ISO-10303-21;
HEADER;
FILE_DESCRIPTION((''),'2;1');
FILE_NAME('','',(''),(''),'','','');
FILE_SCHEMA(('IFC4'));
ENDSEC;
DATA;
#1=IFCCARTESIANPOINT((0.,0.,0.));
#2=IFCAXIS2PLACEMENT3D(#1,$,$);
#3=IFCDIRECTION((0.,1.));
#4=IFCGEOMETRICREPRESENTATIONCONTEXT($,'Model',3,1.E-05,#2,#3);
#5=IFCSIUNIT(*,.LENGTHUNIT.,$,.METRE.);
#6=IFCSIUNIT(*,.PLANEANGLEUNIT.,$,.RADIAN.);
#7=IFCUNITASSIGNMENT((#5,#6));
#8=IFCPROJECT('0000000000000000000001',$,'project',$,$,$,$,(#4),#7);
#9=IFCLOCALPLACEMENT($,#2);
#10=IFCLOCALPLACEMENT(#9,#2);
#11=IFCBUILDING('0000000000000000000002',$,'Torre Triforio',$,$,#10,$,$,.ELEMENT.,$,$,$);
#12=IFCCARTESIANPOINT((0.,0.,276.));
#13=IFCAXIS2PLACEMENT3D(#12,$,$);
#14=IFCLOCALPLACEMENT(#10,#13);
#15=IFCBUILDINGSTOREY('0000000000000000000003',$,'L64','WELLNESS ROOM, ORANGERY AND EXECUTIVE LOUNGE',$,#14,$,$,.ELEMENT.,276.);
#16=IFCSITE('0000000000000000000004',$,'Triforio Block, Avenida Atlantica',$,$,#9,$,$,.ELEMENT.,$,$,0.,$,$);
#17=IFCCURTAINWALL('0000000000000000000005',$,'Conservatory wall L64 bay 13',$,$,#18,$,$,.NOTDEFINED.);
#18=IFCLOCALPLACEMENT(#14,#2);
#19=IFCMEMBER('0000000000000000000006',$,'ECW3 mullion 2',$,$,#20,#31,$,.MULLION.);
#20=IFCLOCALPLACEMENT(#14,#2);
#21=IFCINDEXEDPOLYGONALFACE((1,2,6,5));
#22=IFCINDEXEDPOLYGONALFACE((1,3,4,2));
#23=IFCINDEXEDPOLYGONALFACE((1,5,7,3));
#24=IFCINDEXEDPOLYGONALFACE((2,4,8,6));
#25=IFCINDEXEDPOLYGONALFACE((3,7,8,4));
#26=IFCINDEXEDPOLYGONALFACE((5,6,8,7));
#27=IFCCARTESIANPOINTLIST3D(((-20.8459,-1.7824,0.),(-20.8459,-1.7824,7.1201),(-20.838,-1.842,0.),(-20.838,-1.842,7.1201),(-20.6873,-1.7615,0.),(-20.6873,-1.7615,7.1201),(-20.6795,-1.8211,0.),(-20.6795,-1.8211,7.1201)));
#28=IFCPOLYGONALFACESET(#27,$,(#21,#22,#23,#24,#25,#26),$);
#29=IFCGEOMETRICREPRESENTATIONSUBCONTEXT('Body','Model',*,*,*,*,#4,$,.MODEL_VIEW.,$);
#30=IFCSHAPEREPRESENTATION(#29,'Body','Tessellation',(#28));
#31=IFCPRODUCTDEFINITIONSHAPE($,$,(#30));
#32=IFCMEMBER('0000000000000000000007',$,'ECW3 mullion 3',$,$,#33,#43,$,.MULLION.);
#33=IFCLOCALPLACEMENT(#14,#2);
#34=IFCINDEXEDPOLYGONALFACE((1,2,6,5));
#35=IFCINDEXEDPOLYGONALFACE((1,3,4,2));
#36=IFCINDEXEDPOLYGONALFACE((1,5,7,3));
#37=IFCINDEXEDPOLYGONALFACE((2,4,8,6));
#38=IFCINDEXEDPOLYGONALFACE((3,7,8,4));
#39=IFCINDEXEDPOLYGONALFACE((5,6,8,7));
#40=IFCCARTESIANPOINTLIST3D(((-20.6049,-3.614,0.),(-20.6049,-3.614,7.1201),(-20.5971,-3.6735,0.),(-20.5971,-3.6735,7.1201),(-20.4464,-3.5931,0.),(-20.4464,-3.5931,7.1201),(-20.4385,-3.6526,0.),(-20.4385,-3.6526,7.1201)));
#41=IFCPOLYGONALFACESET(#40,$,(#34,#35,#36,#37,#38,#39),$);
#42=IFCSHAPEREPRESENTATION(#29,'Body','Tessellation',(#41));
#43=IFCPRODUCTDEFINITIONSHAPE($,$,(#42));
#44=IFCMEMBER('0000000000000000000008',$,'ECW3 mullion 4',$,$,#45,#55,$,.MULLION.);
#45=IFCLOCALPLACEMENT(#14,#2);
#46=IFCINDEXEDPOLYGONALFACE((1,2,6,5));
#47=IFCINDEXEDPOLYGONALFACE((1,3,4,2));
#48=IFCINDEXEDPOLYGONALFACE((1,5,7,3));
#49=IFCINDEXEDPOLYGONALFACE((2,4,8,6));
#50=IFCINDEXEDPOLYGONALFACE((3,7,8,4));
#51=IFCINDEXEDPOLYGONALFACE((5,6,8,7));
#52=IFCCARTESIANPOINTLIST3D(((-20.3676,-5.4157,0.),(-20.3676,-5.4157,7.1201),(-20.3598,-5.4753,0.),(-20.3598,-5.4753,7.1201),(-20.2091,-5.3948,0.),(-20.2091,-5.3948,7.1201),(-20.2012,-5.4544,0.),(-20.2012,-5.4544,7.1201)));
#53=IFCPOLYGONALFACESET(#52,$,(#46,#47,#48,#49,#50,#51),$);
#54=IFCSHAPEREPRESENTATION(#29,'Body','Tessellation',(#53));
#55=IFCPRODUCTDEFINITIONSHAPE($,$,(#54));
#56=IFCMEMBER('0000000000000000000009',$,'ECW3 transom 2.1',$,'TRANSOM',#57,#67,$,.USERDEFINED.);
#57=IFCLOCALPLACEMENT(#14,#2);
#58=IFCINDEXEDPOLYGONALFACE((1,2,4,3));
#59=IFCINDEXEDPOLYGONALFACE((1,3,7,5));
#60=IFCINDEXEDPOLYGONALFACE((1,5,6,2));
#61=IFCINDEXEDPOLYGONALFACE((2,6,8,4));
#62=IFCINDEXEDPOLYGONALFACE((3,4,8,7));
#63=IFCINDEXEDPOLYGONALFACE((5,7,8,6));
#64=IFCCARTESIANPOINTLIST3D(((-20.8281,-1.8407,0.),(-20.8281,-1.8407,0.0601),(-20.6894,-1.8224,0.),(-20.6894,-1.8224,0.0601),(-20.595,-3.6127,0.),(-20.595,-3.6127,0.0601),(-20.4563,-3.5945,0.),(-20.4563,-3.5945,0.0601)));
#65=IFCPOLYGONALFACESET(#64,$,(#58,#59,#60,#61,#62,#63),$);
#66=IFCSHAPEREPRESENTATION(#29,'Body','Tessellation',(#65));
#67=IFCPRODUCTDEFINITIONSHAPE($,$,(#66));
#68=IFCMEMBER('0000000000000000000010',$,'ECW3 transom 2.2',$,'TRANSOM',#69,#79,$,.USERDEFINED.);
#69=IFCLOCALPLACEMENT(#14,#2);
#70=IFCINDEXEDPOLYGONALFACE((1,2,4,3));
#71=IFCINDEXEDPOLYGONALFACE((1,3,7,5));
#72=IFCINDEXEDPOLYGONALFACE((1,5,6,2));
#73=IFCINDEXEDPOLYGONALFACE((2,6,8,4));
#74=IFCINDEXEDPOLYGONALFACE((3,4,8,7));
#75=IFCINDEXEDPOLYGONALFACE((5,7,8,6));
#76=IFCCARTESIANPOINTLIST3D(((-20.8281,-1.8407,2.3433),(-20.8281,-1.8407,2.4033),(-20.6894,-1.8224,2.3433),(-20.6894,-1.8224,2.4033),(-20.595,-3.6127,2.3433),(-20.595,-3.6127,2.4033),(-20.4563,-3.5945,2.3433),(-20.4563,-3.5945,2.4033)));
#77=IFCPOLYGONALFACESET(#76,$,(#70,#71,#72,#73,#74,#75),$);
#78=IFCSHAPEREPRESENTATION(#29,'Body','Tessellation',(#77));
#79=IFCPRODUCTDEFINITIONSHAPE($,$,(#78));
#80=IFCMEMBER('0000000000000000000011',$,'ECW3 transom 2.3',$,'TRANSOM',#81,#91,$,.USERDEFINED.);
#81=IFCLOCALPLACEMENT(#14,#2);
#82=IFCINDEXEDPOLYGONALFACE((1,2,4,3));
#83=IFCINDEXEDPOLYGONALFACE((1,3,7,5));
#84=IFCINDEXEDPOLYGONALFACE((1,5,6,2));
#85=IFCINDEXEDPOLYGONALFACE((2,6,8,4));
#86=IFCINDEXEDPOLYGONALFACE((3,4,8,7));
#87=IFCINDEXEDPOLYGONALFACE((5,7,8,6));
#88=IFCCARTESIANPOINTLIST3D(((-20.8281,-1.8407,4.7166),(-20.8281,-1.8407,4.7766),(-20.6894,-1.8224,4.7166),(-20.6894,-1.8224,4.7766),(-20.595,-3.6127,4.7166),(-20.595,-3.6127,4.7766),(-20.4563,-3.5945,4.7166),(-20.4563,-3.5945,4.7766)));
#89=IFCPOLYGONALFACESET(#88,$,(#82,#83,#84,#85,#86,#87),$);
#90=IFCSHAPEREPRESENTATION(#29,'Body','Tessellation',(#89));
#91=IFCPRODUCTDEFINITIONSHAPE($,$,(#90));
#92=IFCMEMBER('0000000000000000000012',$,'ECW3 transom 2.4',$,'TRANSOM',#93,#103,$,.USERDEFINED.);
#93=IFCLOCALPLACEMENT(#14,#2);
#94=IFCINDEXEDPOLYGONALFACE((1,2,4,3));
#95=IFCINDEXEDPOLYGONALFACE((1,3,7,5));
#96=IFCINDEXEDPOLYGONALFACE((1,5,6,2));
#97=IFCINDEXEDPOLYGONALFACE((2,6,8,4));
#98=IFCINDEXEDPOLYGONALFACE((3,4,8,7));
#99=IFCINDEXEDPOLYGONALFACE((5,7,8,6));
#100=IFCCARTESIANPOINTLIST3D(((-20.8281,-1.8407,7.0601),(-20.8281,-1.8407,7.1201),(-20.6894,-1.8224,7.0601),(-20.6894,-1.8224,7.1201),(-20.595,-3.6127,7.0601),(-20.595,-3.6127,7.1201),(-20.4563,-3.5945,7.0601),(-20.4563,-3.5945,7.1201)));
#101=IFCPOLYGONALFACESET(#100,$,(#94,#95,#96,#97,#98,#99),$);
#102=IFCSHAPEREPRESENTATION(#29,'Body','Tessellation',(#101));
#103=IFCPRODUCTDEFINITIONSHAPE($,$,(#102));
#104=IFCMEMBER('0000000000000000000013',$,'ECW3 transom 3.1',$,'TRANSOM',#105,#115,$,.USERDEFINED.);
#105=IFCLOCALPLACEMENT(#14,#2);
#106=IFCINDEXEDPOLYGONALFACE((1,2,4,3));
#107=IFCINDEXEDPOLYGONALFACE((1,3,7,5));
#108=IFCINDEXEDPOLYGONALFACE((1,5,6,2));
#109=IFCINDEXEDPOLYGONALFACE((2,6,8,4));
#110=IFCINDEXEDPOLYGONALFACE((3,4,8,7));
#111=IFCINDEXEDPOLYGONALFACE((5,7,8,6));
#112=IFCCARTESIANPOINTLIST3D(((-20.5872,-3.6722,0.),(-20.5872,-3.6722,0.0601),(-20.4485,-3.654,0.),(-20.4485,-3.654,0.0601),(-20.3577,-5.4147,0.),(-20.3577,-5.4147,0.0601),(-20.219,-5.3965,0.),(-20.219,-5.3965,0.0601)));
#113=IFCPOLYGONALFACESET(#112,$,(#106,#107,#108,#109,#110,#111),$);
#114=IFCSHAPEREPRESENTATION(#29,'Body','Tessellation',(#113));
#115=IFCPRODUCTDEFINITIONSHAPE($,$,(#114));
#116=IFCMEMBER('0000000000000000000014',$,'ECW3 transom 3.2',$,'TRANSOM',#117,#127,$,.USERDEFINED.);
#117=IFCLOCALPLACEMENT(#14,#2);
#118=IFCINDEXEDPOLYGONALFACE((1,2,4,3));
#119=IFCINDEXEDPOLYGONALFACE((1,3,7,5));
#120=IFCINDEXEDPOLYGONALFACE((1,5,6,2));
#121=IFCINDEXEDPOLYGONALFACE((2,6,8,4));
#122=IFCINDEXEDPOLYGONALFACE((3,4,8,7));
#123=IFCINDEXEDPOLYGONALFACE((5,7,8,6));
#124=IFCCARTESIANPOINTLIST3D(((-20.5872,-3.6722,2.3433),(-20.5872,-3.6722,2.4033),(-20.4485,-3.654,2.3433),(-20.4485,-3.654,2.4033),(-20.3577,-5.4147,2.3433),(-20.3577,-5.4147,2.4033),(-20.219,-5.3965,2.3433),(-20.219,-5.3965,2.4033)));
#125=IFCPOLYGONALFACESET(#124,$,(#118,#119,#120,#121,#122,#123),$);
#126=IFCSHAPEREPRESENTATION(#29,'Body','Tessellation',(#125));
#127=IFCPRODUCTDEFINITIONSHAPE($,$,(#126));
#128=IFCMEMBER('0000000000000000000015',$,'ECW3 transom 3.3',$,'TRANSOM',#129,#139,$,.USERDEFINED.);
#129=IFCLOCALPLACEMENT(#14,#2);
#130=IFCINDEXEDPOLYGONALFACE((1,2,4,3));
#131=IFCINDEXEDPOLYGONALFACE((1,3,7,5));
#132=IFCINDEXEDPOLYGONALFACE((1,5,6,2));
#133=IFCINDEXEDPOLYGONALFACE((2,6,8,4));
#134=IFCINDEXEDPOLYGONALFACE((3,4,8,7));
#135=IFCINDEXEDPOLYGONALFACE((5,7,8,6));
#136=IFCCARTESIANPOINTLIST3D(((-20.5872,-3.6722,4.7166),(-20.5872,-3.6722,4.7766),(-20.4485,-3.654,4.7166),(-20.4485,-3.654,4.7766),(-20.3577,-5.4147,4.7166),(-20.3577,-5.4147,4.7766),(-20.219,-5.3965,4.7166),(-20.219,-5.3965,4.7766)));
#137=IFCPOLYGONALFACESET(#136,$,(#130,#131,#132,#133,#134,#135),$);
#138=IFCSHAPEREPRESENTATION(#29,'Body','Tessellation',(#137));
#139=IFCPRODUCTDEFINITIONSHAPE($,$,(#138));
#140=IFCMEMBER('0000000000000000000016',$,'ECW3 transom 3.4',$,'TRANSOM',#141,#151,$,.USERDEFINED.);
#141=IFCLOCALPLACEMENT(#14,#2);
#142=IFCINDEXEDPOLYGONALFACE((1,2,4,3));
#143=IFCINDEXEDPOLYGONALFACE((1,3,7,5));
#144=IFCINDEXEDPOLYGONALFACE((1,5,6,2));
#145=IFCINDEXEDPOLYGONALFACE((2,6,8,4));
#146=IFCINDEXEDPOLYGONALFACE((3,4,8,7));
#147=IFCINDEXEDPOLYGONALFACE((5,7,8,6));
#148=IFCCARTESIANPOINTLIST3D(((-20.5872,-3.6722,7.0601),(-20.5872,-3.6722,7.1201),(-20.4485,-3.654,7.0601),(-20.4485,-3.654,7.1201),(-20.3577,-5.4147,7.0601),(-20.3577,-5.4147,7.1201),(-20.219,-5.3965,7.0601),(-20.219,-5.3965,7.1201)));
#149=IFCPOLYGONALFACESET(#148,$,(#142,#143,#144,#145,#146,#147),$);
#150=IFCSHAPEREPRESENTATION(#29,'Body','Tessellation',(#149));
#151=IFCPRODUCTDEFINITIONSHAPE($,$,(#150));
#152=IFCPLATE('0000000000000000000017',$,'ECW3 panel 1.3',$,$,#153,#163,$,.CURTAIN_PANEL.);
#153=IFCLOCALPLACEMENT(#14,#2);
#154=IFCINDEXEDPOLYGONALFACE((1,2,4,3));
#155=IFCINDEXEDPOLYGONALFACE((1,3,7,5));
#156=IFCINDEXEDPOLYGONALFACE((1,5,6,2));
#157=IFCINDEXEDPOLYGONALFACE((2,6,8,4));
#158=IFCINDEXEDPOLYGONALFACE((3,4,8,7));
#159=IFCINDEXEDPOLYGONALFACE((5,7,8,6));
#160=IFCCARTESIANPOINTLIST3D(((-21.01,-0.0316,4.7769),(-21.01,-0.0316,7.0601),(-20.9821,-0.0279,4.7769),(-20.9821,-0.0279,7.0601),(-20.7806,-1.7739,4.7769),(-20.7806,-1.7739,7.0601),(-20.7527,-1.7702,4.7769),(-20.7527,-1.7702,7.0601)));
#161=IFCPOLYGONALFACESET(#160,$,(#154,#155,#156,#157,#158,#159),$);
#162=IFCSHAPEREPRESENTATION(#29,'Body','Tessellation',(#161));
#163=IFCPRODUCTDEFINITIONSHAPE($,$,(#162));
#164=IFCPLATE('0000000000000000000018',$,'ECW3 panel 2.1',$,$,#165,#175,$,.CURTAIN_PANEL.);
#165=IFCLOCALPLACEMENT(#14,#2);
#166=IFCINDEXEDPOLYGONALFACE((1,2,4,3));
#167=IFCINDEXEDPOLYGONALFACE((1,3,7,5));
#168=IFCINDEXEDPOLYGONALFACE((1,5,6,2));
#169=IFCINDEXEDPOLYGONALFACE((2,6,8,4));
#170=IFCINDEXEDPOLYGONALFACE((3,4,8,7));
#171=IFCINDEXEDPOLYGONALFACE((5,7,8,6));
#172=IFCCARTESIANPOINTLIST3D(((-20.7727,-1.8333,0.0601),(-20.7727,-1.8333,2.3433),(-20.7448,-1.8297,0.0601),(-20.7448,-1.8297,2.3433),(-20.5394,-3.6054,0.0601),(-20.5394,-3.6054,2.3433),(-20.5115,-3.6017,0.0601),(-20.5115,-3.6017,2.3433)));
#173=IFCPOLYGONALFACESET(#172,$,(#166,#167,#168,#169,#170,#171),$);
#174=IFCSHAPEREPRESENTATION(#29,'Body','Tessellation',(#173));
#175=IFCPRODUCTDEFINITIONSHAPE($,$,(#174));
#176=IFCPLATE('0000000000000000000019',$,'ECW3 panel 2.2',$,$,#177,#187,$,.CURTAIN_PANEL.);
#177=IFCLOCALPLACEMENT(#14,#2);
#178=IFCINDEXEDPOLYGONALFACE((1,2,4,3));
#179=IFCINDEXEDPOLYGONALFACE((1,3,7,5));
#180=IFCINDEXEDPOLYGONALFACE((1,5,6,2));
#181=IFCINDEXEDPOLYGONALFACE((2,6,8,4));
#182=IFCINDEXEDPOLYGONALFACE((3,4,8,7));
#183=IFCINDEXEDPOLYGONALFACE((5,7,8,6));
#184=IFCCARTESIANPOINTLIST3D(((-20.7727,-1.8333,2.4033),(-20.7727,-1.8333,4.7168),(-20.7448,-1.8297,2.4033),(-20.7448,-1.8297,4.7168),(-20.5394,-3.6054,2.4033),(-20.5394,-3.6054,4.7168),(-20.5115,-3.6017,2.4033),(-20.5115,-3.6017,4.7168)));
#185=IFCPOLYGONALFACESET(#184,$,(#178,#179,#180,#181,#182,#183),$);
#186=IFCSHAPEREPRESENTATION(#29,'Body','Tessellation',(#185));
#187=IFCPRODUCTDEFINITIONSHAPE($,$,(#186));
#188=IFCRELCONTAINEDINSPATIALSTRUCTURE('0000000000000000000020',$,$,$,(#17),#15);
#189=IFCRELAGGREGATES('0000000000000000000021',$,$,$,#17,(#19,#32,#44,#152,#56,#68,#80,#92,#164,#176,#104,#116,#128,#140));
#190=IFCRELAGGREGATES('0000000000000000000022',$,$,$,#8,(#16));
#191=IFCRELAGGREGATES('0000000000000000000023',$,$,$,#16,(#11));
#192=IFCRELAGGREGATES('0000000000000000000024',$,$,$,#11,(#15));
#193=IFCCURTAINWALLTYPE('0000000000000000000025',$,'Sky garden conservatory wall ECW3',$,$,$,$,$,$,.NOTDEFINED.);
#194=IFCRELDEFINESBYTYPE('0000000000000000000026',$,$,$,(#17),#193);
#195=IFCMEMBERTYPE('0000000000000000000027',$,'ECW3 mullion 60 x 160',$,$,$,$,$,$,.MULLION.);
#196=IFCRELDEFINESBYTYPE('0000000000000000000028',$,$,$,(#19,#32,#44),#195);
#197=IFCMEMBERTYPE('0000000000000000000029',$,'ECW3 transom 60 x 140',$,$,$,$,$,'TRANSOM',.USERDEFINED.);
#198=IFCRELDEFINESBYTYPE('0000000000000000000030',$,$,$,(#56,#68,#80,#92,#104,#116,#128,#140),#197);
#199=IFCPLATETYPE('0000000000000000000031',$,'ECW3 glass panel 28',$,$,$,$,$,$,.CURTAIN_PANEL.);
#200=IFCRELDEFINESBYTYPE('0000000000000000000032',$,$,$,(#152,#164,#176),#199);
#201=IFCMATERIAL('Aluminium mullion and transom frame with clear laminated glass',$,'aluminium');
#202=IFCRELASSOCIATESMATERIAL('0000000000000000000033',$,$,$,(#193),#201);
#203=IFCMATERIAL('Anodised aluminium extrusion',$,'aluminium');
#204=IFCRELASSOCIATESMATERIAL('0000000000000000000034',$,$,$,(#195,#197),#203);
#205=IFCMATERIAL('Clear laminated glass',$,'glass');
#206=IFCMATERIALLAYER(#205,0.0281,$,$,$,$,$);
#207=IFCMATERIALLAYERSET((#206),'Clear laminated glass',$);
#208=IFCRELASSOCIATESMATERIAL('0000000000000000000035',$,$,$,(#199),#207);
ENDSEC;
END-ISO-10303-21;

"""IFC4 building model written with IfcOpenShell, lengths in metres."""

from ifc_helpers import new_model, si_unit, direction, frame, origin, origin_2d, place, context, subcontext, project, spatial, rectangle, extrude, material, layer, layer_set, material_profile, profile_set, type_object, element, aggregate, save


model = new_model("IFC4")

# Units and contexts
model_context = context("Model", 3, precision=1e-05, world=origin(), true_north=direction((0.0, 1.0)))
body_context = subcontext(model_context, "Body", "Model", "MODEL_VIEW")
ifc_project = project(units=[si_unit("LENGTHUNIT", "METRE"), si_unit("PLANEANGLEUNIT", "RADIAN")], contexts=[model_context])

# Site, building, storey
site_placement = place(None, origin())
site = spatial("IfcSite", under=ifc_project, at=site_placement, Name="Triforio Block, Avenida Atlantica", CompositionType="ELEMENT", RefElevation=0.0)
building_placement = place(site_placement, origin())
building = spatial("IfcBuilding", under=site, at=building_placement, Name="Torre Triforio", CompositionType="ELEMENT")
storey_placement = place(building_placement, frame((0.0, 0.0, 276.0)))
storey = spatial("IfcBuildingStorey", under=building, at=storey_placement, Name="L64", Description="WELLNESS ROOM, ORANGERY AND EXECUTIVE LOUNGE", CompositionType="ELEMENT", Elevation=276.0)

# Curtain wall, members, plates
ifc_material_1 = material(Name="Aluminium mullion and transom frame with clear laminated glass", Category="aluminium")
curtain_wall_type = type_object("IfcCurtainWallType", Name="Sky garden conservatory wall ECW3", PredefinedType="NOTDEFINED", material=ifc_material_1)
curtain_wall_placement = place(storey_placement, origin())
curtain_wall = element("IfcCurtainWall", 1, at=curtain_wall_placement, inside=storey, type_object=curtain_wall_type, Name="Conservatory wall L64 bay 13", PredefinedType="NOTDEFINED")
ifc_material_2 = material(Name="Anodised aluminium extrusion", Category="aluminium")
ifc_material_profile_1 = material_profile(ifc_material_2, rectangle(XDim=0.1599, YDim=0.0601, at=origin_2d()), Name="ECW3 MULLION 60x160")
ifc_profile_set_1 = profile_set([ifc_material_profile_1], Name="Anodised aluminium extrusion")
member_type_1 = type_object("IfcMemberType", Name="ECW3 mullion 60 x 160", PredefinedType="MULLION", material=ifc_profile_set_1)
member_1_placement = place(storey_placement, frame((-20.7627, -1.8018, 0.0), z_axis=(0.0, 0.0, 1.0), x_axis=(0.991444, 0.13053, 0.0)))
member_1 = element("IfcMember", 2, at=member_1_placement, type_object=member_type_1, Name="ECW3 mullion 2", PredefinedType="MULLION", context=body_context, shape_type="SweptSolid", body=[
    extrude(rectangle(XDim=0.1599, YDim=0.0601, at=origin_2d()), origin(), (0.0, 0.0, 1.0), 7.1201),
])
member_2_placement = place(storey_placement, frame((-20.5217, -3.6333, 0.0), z_axis=(0.0, 0.0, 1.0), x_axis=(0.991444, 0.13053, 0.0)))
member_2 = element("IfcMember", 3, at=member_2_placement, type_object=member_type_1, Name="ECW3 mullion 3", PredefinedType="MULLION", context=body_context, shape_type="SweptSolid", body=[
    extrude(rectangle(XDim=0.1599, YDim=0.0601, at=origin_2d()), origin(), (0.0, 0.0, 1.0), 7.1201),
])
member_3_placement = place(storey_placement, frame((-20.2844, -5.4351, 0.0), z_axis=(0.0, 0.0, 1.0), x_axis=(0.991444, 0.13053, 0.0)))
member_3 = element("IfcMember", 4, at=member_3_placement, type_object=member_type_1, Name="ECW3 mullion 4", PredefinedType="MULLION", context=body_context, shape_type="SweptSolid", body=[
    extrude(rectangle(XDim=0.1599, YDim=0.0601, at=origin_2d()), origin(), (0.0, 0.0, 1.0), 7.1201),
])
ifc_material_profile_2 = material_profile(ifc_material_2, rectangle(XDim=0.1399, YDim=0.0601, at=origin_2d()), Name="ECW3 TRANSOM 60x140")
ifc_profile_set_2 = profile_set([ifc_material_profile_2], Name="Anodised aluminium extrusion")
member_type_2 = type_object("IfcMemberType", Name="ECW3 transom 60 x 140", ElementType="TRANSOM", PredefinedType="USERDEFINED", material=ifc_profile_set_2)
member_4_placement = place(storey_placement, frame((-20.7588, -1.8315, 0.03), z_axis=(0.130455, -0.991454, 0.0), x_axis=(0.991454, 0.130455, 0.0)))
member_4 = element("IfcMember", 5, at=member_4_placement, type_object=member_type_2, Name="ECW3 transom 2.1", ObjectType="TRANSOM", PredefinedType="USERDEFINED", context=body_context, shape_type="SweptSolid", body=[
    extrude(rectangle(XDim=0.1399, YDim=0.0601, at=origin_2d()), origin(), (0.0, 0.0, 1.0), 1.7874),
])
member_5_placement = place(storey_placement, frame((-20.7588, -1.8315, 2.3733), z_axis=(0.130455, -0.991454, 0.0), x_axis=(0.991454, 0.130455, 0.0)))
member_5 = element("IfcMember", 6, at=member_5_placement, type_object=member_type_2, Name="ECW3 transom 2.2", ObjectType="TRANSOM", PredefinedType="USERDEFINED", context=body_context, shape_type="SweptSolid", body=[
    extrude(rectangle(XDim=0.1399, YDim=0.0601, at=origin_2d()), origin(), (0.0, 0.0, 1.0), 1.7874),
])
member_6_placement = place(storey_placement, frame((-20.7588, -1.8315, 4.7466), z_axis=(0.130455, -0.991454, 0.0), x_axis=(0.991454, 0.130455, 0.0)))
member_6 = element("IfcMember", 7, at=member_6_placement, type_object=member_type_2, Name="ECW3 transom 2.3", ObjectType="TRANSOM", PredefinedType="USERDEFINED", context=body_context, shape_type="SweptSolid", body=[
    extrude(rectangle(XDim=0.1399, YDim=0.0601, at=origin_2d()), origin(), (0.0, 0.0, 1.0), 1.7874),
])
member_7_placement = place(storey_placement, frame((-20.7588, -1.8315, 7.0901), z_axis=(0.130455, -0.991454, 0.0), x_axis=(0.991454, 0.130455, 0.0)))
member_7 = element("IfcMember", 8, at=member_7_placement, type_object=member_type_2, Name="ECW3 transom 2.4", ObjectType="TRANSOM", PredefinedType="USERDEFINED", context=body_context, shape_type="SweptSolid", body=[
    extrude(rectangle(XDim=0.1399, YDim=0.0601, at=origin_2d()), origin(), (0.0, 0.0, 1.0), 1.7874),
])
member_8_placement = place(storey_placement, frame((-20.5178, -3.6631, 0.03), z_axis=(0.13058, -0.991438, 0.0), x_axis=(0.991438, 0.13058, 0.0)))
member_8 = element("IfcMember", 9, at=member_8_placement, type_object=member_type_2, Name="ECW3 transom 3.1", ObjectType="TRANSOM", PredefinedType="USERDEFINED", context=body_context, shape_type="SweptSolid", body=[
    extrude(rectangle(XDim=0.1399, YDim=0.0601, at=origin_2d()), origin(), (0.0, 0.0, 1.0), 1.7576),
])
member_9_placement = place(storey_placement, frame((-20.5178, -3.6631, 2.3733), z_axis=(0.13058, -0.991438, 0.0), x_axis=(0.991438, 0.13058, 0.0)))
member_9 = element("IfcMember", 10, at=member_9_placement, type_object=member_type_2, Name="ECW3 transom 3.2", ObjectType="TRANSOM", PredefinedType="USERDEFINED", context=body_context, shape_type="SweptSolid", body=[
    extrude(rectangle(XDim=0.1399, YDim=0.0601, at=origin_2d()), origin(), (0.0, 0.0, 1.0), 1.7576),
])
member_10_placement = place(storey_placement, frame((-20.5178, -3.6631, 4.7466), z_axis=(0.13058, -0.991438, 0.0), x_axis=(0.991438, 0.13058, 0.0)))
member_10 = element("IfcMember", 11, at=member_10_placement, type_object=member_type_2, Name="ECW3 transom 3.3", ObjectType="TRANSOM", PredefinedType="USERDEFINED", context=body_context, shape_type="SweptSolid", body=[
    extrude(rectangle(XDim=0.1399, YDim=0.0601, at=origin_2d()), origin(), (0.0, 0.0, 1.0), 1.7576),
])
member_11_placement = place(storey_placement, frame((-20.5178, -3.6631, 7.0901), z_axis=(0.13058, -0.991438, 0.0), x_axis=(0.991438, 0.13058, 0.0)))
member_11 = element("IfcMember", 12, at=member_11_placement, type_object=member_type_2, Name="ECW3 transom 3.4", ObjectType="TRANSOM", PredefinedType="USERDEFINED", context=body_context, shape_type="SweptSolid", body=[
    extrude(rectangle(XDim=0.1399, YDim=0.0601, at=origin_2d()), origin(), (0.0, 0.0, 1.0), 1.7576),
])
ifc_material_3 = material(Name="Clear laminated glass", Category="glass")
ifc_layer_1 = layer(ifc_material_3, 0.0281)
ifc_layer_set_1 = layer_set([ifc_layer_1], Name="Clear laminated glass")
plate_type = type_object("IfcPlateType", Name="ECW3 glass panel 28", PredefinedType="CURTAIN_PANEL", material=ifc_layer_set_1)
plate_1_placement = place(storey_placement, frame((-20.8813, -0.9009, 4.7769), z_axis=(0.0, 0.0, 1.0), x_axis=(0.13053, -0.991444, 0.0)))
plate_1 = element("IfcPlate", 13, at=plate_1_placement, type_object=plate_type, Name="ECW3 panel 1.3", PredefinedType="CURTAIN_PANEL", context=body_context, shape_type="SweptSolid", body=[
    extrude(rectangle(XDim=1.7573, YDim=0.0281, at=origin_2d()), origin(), (0.0, 0.0, 1.0), 2.2832),
])
plate_2_placement = place(storey_placement, frame((-20.6421, -2.7175, 0.0601), z_axis=(0.0, 0.0, 1.0), x_axis=(0.13053, -0.991444, 0.0)))
plate_2 = element("IfcPlate", 14, at=plate_2_placement, type_object=plate_type, Name="ECW3 panel 2.1", PredefinedType="CURTAIN_PANEL", context=body_context, shape_type="SweptSolid", body=[
    extrude(rectangle(XDim=1.7874, YDim=0.0281, at=origin_2d()), origin(), (0.0, 0.0, 1.0), 2.2832),
])
plate_3_placement = place(storey_placement, frame((-20.6421, -2.7175, 2.4033), z_axis=(0.0, 0.0, 1.0), x_axis=(0.13053, -0.991444, 0.0)))
plate_3 = element("IfcPlate", 15, at=plate_3_placement, type_object=plate_type, Name="ECW3 panel 2.2", PredefinedType="CURTAIN_PANEL", context=body_context, shape_type="SweptSolid", body=[
    extrude(rectangle(XDim=1.7874, YDim=0.0281, at=origin_2d()), origin(), (0.0, 0.0, 1.0), 2.3135),
])
aggregate(curtain_wall, [member_1, member_2, member_3, plate_1, member_4, member_5, member_6, member_7, plate_2, plate_3, member_8, member_9, member_10, member_11])

save(model, "model.ifc")
